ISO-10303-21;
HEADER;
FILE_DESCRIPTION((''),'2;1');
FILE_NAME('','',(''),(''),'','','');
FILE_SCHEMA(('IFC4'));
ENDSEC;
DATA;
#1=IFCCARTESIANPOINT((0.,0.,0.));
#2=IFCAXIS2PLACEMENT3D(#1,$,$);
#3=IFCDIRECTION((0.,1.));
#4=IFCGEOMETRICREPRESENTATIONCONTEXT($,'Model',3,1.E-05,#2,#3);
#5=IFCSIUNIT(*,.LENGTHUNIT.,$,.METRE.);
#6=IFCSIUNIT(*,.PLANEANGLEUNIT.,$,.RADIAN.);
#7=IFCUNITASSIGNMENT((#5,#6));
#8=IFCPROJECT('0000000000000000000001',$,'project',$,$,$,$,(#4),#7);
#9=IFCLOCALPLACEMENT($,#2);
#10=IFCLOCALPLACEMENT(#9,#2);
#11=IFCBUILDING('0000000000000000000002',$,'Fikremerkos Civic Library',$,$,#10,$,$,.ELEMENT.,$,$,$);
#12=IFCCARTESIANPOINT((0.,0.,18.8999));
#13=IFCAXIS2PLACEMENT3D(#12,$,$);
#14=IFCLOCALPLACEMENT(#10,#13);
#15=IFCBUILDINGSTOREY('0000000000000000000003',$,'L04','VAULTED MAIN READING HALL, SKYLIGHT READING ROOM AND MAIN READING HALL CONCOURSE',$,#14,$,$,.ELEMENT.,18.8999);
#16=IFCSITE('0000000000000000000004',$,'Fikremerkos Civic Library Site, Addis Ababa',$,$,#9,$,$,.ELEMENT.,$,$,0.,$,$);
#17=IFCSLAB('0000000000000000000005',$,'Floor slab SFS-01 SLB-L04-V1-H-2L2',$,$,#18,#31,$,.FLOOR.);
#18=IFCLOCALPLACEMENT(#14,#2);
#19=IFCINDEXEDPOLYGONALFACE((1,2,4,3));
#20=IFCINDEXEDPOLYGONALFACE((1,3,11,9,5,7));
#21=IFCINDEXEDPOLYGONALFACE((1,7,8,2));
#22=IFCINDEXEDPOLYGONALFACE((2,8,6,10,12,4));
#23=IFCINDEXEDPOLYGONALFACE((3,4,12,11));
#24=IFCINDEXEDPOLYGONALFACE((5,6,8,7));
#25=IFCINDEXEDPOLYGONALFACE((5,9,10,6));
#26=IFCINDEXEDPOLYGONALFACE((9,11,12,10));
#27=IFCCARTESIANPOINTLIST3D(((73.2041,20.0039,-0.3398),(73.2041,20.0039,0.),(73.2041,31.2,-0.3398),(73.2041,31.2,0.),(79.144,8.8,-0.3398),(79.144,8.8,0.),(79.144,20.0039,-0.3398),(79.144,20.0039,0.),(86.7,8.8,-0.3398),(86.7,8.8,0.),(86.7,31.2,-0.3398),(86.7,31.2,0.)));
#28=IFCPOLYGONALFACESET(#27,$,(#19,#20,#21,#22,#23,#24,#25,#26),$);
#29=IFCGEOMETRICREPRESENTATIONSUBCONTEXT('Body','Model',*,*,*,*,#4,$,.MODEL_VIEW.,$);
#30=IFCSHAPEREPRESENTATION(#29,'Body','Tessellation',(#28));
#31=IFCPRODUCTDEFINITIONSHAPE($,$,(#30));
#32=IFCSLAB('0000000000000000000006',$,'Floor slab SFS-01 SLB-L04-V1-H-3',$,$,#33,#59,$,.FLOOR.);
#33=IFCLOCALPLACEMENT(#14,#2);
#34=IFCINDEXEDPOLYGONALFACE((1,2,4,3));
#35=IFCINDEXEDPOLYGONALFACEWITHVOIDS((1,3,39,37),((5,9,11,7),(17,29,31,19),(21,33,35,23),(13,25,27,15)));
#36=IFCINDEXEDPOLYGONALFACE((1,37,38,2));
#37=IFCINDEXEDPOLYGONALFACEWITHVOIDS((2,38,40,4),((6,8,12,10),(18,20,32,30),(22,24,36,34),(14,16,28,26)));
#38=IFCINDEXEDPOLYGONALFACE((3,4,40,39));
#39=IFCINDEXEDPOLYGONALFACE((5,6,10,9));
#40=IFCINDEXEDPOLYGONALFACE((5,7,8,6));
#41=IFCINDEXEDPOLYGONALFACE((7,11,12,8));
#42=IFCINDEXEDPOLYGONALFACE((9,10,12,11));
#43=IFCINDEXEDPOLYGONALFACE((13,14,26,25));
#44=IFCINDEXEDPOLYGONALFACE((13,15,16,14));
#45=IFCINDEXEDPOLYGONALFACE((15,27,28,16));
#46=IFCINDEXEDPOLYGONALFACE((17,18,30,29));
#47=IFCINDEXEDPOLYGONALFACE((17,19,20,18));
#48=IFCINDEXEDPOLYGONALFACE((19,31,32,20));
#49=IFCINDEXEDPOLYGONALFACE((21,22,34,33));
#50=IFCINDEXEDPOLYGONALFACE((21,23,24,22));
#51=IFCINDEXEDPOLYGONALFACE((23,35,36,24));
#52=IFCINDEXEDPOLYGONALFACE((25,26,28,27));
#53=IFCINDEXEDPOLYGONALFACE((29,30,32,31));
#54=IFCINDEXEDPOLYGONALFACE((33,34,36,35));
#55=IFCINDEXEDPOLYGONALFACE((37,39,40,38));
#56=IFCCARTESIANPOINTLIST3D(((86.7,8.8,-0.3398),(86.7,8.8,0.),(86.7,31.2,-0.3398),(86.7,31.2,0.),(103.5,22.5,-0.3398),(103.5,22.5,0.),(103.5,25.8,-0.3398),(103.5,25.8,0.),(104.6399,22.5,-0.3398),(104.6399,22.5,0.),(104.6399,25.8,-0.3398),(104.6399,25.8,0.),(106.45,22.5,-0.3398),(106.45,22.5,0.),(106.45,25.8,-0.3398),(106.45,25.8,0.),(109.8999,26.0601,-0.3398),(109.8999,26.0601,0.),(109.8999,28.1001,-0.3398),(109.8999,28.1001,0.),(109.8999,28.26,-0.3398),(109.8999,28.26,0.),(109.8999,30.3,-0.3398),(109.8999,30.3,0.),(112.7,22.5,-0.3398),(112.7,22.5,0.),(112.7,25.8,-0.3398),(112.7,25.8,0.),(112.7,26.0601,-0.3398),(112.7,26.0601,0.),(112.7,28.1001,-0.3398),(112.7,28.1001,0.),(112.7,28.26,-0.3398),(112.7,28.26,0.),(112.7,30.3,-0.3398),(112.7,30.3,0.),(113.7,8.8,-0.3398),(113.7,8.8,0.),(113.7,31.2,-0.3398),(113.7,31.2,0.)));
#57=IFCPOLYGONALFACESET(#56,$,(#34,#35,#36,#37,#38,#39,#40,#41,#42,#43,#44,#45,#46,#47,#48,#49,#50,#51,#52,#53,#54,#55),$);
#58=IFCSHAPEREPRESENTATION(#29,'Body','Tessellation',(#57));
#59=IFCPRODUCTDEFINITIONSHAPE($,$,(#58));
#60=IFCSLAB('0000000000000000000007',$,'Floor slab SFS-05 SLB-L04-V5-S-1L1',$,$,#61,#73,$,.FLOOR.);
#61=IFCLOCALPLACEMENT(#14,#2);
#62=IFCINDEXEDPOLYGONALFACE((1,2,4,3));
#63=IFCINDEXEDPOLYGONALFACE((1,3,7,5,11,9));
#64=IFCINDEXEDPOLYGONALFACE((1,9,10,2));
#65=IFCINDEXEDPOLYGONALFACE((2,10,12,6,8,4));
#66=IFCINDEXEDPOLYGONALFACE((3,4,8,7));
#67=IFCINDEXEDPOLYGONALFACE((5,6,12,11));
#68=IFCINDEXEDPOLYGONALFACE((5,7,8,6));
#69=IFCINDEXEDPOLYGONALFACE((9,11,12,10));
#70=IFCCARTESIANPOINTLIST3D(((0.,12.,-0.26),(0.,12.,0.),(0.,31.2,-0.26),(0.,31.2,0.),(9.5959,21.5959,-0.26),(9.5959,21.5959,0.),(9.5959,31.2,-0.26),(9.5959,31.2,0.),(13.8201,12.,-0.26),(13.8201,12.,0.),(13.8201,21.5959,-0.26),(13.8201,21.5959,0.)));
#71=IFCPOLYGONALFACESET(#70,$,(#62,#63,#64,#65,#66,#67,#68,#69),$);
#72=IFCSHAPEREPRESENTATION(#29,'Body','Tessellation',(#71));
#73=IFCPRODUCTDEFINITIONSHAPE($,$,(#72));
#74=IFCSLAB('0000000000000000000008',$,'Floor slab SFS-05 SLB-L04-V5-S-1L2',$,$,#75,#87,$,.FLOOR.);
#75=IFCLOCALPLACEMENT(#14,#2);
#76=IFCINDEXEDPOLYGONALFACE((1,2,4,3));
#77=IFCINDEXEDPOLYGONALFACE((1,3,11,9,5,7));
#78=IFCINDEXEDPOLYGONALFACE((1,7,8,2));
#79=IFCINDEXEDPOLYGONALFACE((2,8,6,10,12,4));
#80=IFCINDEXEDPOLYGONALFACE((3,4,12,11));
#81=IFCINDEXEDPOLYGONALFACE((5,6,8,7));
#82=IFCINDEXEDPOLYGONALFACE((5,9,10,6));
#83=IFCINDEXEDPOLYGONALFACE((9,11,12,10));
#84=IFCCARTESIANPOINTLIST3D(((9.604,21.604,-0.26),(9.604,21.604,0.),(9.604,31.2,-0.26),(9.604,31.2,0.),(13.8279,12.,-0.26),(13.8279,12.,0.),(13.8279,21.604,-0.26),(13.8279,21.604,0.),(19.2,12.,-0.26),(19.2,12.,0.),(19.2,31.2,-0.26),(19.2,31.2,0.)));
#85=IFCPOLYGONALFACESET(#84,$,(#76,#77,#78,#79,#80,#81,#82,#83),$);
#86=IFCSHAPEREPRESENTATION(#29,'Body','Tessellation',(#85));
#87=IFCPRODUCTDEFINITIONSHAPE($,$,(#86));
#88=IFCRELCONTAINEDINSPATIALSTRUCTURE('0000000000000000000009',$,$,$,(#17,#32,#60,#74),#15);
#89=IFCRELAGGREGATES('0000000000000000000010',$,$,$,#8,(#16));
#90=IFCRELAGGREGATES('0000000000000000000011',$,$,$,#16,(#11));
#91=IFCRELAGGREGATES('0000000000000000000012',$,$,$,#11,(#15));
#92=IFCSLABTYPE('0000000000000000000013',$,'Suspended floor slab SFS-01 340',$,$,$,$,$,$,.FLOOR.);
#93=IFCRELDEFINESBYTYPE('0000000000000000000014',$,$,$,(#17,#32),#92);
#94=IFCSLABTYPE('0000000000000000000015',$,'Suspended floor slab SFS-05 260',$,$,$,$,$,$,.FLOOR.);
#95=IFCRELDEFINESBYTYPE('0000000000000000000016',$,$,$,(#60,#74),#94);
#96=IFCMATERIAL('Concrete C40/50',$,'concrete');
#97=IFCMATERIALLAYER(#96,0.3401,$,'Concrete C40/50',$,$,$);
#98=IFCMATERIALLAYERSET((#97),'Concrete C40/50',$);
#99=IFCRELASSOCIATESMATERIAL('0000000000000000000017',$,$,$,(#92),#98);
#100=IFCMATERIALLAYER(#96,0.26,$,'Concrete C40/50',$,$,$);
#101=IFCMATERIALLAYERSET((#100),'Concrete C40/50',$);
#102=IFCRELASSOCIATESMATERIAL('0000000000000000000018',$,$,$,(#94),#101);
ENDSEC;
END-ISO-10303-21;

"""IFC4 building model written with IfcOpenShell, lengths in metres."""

from ifc_helpers import new_model, si_unit, direction, frame, origin, place, context, subcontext, project, spatial, polyline, outline, extrude, material, layer, layer_set, type_object, element, save


model = new_model("IFC4")

# Units and contexts
model_context = context("Model", 3, precision=1e-05, world=origin(), true_north=direction((0.0, 1.0)))
body_context = subcontext(model_context, "Body", "Model", "MODEL_VIEW")
ifc_project = project(units=[si_unit("LENGTHUNIT", "METRE"), si_unit("PLANEANGLEUNIT", "RADIAN")], contexts=[model_context])

# Site, building, storey
site_placement = place(None, origin())
site = spatial("IfcSite", under=ifc_project, at=site_placement, Name="Fikremerkos Civic Library Site, Addis Ababa", CompositionType="ELEMENT", RefElevation=0.0)
building_placement = place(site_placement, origin())
building = spatial("IfcBuilding", under=site, at=building_placement, Name="Fikremerkos Civic Library", CompositionType="ELEMENT")
storey_placement = place(building_placement, frame((0.0, 0.0, 18.8999)))
storey = spatial("IfcBuildingStorey", under=building, at=storey_placement, Name="L04", Description="VAULTED MAIN READING HALL, SKYLIGHT READING ROOM AND MAIN READING HALL CONCOURSE", CompositionType="ELEMENT", Elevation=18.8999)

# Shared definitions
ifc_material_1 = material(Name="Concrete C40/50", Category="concrete")

# Slabs
ifc_layer_1 = layer(ifc_material_1, 0.3401, Name="Concrete C40/50")
ifc_layer_set_1 = layer_set([ifc_layer_1], Name="Concrete C40/50")
slab_type_1 = type_object("IfcSlabType", Name="Suspended floor slab SFS-01 340", PredefinedType="FLOOR", material=ifc_layer_set_1)
slab_1_placement = place(storey_placement, frame((0.0, 0.0, -0.3398)))
element("IfcSlab", 1, at=slab_1_placement, inside=storey, type_object=slab_type_1, Name="Floor slab SFS-01 SLB-L04-V1-H-2L2", PredefinedType="FLOOR", context=body_context, shape_type="SweptSolid", body=[
    extrude(outline(polyline([(79.144, 8.8), (86.7, 8.8), (86.7, 31.2), (73.2041, 31.2), (73.2041, 20.0039), (79.144, 20.0039), (79.144, 8.8)])), origin(), (0.0, 0.0, 1.0), 0.3398),
])
slab_2_placement = place(storey_placement, frame((0.0, 0.0, -0.3398)))
element("IfcSlab", 2, at=slab_2_placement, inside=storey, type_object=slab_type_1, Name="Floor slab SFS-01 SLB-L04-V1-H-3", PredefinedType="FLOOR", context=body_context, shape_type="SweptSolid", body=[
    extrude(outline(polyline([(86.7, 8.8), (113.7, 8.8), (113.7, 31.2), (86.7, 31.2), (86.7, 8.8)]), holes=[polyline([(106.45, 22.5), (112.7, 22.5), (112.7, 25.8), (106.45, 25.8), (106.45, 22.5)]), polyline([(109.8999, 26.0601), (112.7, 26.0601), (112.7, 28.1001), (109.8999, 28.1001), (109.8999, 26.0601)]), polyline([(109.8999, 28.26), (112.7, 28.26), (112.7, 30.3), (109.8999, 30.3), (109.8999, 28.26)]), polyline([(103.5, 22.5), (104.6399, 22.5), (104.6399, 25.8), (103.5, 25.8), (103.5, 22.5)])]), origin(), (0.0, 0.0, 1.0), 0.3398),
])
ifc_layer_2 = layer(ifc_material_1, 0.26, Name="Concrete C40/50")
ifc_layer_set_2 = layer_set([ifc_layer_2], Name="Concrete C40/50")
slab_type_2 = type_object("IfcSlabType", Name="Suspended floor slab SFS-05 260", PredefinedType="FLOOR", material=ifc_layer_set_2)
slab_3_placement = place(storey_placement, frame((0.0, 0.0, -0.26)))
element("IfcSlab", 3, at=slab_3_placement, inside=storey, type_object=slab_type_2, Name="Floor slab SFS-05 SLB-L04-V5-S-1L1", PredefinedType="FLOOR", context=body_context, shape_type="SweptSolid", body=[
    extrude(outline(polyline([(0.0, 12.0), (13.8201, 12.0), (13.8201, 21.5959), (9.5959, 21.5959), (9.5959, 31.2), (0.0, 31.2), (0.0, 12.0)])), origin(), (0.0, 0.0, 1.0), 0.26),
])
slab_4_placement = place(storey_placement, frame((0.0, 0.0, -0.26)))
element("IfcSlab", 4, at=slab_4_placement, inside=storey, type_object=slab_type_2, Name="Floor slab SFS-05 SLB-L04-V5-S-1L2", PredefinedType="FLOOR", context=body_context, shape_type="SweptSolid", body=[
    extrude(outline(polyline([(13.8279, 12.0), (19.2, 12.0), (19.2, 31.2), (9.604, 31.2), (9.604, 21.604), (13.8279, 21.604), (13.8279, 12.0)])), origin(), (0.0, 0.0, 1.0), 0.26),
])

save(model, "model.ifc")
